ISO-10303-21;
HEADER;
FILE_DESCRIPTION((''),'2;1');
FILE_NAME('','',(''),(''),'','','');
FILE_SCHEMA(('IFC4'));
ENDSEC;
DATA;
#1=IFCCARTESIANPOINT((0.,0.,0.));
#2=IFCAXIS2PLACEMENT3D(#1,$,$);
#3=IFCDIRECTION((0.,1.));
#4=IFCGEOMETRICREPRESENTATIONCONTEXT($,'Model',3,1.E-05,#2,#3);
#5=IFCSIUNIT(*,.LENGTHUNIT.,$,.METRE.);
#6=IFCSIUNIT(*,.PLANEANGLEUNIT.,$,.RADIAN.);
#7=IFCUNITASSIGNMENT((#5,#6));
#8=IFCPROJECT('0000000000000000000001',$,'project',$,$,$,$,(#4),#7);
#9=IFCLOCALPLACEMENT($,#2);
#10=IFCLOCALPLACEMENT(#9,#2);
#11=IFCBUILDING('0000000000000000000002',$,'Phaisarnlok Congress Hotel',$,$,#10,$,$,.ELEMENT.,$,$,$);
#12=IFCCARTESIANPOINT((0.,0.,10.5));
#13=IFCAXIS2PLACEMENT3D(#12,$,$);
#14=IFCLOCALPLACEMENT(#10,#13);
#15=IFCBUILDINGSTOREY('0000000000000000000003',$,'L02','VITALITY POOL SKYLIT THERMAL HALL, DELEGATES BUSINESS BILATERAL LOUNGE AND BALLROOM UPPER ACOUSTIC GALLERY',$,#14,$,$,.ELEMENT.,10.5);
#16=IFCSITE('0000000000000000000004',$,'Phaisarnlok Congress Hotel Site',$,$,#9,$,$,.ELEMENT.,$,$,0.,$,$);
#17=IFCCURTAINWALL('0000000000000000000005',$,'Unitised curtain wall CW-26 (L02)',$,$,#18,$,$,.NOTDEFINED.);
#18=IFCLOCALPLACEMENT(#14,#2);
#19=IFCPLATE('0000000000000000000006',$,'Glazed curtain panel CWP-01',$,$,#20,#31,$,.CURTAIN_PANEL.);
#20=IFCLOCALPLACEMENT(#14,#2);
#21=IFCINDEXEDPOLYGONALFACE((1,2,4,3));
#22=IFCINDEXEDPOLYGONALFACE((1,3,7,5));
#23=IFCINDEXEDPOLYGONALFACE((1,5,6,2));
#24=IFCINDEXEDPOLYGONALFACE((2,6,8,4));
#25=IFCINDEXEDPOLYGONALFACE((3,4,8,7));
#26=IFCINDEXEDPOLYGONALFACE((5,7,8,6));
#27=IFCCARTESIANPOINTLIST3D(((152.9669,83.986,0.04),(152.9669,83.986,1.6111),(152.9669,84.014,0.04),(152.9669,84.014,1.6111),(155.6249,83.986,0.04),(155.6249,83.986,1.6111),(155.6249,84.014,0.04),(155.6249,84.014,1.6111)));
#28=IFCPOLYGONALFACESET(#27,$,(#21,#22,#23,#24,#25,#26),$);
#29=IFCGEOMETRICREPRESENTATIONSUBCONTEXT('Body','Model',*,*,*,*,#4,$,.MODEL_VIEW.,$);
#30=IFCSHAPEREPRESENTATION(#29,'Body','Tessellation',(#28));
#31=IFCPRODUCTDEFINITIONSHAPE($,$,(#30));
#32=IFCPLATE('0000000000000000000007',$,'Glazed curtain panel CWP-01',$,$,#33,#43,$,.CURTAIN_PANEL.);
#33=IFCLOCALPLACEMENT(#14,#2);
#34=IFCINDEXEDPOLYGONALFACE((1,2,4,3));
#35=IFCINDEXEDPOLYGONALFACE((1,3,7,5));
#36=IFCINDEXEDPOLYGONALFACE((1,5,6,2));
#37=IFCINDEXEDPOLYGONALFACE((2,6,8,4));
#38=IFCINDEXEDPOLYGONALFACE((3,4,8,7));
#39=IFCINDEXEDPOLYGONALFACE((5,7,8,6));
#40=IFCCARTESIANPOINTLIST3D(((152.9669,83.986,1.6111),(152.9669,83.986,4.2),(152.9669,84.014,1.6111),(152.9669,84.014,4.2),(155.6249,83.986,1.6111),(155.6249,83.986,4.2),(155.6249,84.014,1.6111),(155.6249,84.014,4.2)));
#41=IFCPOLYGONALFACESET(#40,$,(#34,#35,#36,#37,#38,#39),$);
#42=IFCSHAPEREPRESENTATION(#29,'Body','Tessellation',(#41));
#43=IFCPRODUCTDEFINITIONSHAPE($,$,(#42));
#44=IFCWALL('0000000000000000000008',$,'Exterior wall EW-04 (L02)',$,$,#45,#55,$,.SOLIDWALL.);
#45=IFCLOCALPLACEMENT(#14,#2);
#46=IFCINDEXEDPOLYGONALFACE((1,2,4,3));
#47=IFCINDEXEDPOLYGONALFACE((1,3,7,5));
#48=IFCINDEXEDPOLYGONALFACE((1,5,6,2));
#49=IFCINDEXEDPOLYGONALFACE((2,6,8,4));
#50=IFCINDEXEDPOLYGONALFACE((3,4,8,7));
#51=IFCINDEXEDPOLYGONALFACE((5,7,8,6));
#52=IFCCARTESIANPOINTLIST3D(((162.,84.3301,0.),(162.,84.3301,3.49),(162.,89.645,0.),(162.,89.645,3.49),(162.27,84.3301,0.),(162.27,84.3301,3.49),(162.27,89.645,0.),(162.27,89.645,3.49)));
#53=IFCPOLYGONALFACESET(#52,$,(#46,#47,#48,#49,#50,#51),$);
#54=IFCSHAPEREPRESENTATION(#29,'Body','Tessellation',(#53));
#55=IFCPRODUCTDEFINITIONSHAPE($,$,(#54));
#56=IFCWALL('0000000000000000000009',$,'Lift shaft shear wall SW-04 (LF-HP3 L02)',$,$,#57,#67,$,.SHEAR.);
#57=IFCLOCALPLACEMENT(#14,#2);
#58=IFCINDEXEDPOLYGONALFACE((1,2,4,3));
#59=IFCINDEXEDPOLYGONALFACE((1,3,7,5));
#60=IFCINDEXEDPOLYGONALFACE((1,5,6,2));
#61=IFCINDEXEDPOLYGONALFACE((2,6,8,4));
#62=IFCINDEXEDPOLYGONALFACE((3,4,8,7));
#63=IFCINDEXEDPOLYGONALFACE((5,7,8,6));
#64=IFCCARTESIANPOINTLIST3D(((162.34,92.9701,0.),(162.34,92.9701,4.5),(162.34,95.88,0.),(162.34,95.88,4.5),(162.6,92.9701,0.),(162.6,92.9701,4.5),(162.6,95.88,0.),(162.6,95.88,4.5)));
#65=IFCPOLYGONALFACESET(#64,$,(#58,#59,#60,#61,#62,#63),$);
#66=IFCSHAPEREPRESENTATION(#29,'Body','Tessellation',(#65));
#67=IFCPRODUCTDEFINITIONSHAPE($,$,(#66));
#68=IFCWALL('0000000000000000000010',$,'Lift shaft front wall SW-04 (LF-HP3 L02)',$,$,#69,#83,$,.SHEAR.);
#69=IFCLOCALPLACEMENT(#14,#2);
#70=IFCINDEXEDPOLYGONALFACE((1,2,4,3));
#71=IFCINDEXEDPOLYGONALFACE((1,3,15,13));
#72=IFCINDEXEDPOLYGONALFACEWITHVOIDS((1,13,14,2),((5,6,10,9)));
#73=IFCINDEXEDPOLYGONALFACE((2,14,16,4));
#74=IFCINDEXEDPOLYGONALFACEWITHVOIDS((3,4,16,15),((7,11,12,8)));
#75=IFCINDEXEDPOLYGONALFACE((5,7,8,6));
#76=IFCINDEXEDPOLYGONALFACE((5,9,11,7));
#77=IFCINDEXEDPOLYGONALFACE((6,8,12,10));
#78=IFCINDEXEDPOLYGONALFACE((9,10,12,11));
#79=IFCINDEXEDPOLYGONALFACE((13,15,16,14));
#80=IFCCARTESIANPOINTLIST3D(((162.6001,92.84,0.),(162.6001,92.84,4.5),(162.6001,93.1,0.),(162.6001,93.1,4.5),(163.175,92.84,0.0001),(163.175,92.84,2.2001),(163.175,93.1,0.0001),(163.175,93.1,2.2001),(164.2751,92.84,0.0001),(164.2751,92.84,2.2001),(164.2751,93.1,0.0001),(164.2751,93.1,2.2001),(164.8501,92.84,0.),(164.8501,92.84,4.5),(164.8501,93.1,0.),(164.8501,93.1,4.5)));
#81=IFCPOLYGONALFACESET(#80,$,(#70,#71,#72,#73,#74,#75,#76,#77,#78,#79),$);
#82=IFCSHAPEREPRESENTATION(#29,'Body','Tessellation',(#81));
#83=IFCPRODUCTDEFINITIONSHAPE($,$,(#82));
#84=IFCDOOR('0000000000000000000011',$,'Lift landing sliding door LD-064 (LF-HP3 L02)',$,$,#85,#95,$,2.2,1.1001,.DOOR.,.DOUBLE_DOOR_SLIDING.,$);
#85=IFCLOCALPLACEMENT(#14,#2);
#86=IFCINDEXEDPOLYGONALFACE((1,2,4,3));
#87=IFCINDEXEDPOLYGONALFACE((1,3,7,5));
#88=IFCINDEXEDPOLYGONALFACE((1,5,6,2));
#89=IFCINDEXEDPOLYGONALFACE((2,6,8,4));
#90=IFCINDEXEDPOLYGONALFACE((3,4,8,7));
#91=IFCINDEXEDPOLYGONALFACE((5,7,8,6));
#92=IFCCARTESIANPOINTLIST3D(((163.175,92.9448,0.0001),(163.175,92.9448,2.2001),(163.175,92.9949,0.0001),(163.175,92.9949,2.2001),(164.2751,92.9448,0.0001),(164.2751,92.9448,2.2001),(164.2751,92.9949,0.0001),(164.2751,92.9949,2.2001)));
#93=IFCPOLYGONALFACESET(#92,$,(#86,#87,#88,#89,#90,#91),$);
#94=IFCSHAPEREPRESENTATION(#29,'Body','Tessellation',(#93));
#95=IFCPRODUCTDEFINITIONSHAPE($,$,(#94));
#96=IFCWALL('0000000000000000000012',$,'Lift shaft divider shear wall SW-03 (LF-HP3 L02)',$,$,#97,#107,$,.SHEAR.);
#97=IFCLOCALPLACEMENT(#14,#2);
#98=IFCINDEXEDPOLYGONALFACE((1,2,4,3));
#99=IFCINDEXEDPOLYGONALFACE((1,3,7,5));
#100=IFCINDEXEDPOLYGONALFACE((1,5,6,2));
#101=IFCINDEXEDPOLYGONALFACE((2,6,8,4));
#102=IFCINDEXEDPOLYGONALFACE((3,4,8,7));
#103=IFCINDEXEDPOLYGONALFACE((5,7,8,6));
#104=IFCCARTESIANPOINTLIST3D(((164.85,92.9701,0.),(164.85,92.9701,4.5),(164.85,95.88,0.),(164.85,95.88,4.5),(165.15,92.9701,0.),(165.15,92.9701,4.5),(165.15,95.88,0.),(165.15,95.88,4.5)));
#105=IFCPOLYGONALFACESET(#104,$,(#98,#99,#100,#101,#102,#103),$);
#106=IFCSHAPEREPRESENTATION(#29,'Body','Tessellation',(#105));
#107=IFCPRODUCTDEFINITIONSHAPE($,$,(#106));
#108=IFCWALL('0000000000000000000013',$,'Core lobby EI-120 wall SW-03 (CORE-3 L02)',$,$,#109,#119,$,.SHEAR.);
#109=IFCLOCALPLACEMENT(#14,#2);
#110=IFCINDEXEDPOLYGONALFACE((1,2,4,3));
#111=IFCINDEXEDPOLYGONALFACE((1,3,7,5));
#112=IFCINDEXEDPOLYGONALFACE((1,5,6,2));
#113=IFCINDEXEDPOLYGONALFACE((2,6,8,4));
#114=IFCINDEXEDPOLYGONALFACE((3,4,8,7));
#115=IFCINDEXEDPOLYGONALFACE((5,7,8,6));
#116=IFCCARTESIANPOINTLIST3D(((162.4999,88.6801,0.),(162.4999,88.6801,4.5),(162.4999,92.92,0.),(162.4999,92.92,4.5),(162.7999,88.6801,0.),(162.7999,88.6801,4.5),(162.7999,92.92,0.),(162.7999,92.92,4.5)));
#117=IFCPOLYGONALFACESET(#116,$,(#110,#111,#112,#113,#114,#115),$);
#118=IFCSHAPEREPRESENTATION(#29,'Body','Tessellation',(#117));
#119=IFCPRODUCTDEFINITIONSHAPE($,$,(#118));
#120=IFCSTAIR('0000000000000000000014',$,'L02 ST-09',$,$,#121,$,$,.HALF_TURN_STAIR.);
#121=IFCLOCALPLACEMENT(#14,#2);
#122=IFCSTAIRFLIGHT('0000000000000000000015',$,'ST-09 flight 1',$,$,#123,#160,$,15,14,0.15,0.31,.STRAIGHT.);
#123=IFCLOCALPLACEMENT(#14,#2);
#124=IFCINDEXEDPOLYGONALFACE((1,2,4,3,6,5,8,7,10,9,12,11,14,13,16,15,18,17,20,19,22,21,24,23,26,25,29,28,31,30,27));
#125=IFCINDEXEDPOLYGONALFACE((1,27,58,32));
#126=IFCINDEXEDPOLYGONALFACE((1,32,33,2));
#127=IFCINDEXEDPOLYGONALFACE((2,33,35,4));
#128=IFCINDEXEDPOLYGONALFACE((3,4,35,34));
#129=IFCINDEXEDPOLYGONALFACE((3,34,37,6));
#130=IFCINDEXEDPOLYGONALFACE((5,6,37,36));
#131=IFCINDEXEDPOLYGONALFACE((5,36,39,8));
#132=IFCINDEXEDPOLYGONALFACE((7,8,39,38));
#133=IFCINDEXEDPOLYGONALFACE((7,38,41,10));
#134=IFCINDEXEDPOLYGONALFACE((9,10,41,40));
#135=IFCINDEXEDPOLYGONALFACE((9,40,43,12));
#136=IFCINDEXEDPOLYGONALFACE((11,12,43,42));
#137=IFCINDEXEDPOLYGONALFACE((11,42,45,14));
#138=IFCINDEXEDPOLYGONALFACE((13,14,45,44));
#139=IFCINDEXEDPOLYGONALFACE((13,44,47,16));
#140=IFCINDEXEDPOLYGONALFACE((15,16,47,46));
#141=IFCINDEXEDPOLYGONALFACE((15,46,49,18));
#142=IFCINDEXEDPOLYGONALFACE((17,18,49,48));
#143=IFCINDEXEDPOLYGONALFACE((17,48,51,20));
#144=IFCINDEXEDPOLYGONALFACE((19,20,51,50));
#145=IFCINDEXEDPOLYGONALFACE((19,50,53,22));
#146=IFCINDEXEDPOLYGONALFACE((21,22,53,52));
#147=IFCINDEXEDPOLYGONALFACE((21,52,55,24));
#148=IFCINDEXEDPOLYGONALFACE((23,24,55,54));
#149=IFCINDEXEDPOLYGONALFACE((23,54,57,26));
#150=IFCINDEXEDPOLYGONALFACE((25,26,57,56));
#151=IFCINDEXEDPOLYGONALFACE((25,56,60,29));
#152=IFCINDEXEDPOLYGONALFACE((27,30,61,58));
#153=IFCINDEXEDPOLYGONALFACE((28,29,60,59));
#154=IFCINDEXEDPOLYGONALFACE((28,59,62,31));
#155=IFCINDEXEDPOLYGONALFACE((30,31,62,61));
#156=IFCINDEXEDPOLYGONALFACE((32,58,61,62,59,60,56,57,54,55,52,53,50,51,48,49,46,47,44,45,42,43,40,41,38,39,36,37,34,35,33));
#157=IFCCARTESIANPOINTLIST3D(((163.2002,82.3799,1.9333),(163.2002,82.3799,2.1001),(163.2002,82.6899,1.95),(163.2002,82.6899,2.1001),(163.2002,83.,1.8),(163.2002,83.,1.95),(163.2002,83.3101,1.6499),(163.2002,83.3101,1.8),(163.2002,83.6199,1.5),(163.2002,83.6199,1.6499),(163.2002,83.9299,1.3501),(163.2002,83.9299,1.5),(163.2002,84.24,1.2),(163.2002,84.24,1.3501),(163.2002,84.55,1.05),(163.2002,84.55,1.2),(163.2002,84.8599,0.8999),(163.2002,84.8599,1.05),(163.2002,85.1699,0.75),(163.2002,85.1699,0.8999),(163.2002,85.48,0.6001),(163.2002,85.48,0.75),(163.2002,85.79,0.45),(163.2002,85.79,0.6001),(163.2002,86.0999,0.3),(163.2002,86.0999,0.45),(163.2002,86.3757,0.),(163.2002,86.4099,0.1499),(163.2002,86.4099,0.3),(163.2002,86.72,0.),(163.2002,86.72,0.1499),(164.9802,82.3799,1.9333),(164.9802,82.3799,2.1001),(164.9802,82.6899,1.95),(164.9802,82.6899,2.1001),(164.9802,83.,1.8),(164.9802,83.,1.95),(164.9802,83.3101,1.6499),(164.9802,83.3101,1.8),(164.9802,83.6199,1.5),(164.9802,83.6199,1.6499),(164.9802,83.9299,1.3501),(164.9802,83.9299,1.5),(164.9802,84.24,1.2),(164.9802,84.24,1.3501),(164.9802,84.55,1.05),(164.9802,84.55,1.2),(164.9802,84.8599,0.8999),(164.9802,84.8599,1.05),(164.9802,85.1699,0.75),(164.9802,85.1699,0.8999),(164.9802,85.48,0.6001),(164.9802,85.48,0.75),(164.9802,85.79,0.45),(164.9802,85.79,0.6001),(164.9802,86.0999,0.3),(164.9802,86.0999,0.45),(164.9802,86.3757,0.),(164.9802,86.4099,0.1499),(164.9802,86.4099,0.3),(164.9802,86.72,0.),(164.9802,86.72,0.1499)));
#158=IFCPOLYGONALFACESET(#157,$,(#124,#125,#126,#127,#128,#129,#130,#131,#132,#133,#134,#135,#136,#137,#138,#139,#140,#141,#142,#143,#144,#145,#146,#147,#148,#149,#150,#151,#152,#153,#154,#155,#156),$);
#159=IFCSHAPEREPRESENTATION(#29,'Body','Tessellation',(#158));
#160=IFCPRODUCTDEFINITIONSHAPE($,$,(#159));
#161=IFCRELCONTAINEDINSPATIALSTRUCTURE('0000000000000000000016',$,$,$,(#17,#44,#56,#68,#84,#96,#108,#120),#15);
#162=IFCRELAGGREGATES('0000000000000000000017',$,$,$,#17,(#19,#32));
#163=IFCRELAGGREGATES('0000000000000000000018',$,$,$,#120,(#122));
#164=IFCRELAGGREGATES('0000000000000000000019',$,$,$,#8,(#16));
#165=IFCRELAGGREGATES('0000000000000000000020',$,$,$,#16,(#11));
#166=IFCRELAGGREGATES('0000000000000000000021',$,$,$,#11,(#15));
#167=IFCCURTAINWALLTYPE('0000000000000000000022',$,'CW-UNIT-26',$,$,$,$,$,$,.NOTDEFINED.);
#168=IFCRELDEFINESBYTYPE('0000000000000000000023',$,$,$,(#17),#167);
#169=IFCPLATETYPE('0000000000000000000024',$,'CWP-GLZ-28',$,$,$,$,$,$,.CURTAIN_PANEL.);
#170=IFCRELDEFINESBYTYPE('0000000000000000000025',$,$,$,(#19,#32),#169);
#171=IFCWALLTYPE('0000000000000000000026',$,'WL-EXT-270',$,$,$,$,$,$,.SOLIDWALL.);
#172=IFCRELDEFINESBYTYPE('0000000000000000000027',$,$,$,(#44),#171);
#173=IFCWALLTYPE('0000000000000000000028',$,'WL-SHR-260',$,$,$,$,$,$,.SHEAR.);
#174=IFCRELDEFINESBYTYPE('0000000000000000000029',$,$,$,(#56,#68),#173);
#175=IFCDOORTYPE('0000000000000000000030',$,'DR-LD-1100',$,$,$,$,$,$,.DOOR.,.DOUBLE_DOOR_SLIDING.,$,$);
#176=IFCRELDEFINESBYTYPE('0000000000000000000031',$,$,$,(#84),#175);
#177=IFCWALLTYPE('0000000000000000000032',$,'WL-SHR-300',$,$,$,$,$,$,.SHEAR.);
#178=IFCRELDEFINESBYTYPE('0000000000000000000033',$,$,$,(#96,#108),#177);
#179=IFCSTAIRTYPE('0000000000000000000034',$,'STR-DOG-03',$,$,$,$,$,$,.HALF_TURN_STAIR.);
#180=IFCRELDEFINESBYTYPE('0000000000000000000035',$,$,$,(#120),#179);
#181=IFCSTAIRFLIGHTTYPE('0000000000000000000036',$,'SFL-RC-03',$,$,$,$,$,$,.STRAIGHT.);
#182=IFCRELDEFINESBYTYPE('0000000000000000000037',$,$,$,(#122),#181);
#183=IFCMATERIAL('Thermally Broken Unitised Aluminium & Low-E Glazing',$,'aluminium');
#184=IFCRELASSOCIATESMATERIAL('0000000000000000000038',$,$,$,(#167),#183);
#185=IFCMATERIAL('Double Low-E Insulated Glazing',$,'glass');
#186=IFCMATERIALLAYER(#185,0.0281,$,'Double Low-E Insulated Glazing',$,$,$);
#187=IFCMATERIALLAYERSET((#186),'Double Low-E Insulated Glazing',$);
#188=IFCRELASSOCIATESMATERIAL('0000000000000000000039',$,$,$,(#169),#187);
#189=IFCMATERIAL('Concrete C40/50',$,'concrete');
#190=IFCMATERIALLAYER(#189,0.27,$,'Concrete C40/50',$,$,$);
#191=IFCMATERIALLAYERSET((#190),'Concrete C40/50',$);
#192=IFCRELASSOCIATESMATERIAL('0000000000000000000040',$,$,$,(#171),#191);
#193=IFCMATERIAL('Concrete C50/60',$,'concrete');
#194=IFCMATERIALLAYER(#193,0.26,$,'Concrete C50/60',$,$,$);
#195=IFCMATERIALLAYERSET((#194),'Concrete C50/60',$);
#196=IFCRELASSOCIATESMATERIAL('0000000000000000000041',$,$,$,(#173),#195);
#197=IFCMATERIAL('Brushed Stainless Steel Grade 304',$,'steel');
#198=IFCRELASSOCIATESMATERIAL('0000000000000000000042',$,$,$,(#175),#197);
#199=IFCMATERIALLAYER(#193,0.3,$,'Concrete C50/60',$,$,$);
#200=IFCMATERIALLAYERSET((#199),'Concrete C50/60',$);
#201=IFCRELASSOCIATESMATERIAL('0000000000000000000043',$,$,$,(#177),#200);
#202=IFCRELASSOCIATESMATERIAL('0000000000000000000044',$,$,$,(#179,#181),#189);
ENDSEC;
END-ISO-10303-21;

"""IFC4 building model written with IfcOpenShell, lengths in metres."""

from ifc_helpers import new_model, si_unit, direction, frame, frame_2d, origin, place, context, subcontext, project, spatial, polyline, rectangle, outline, extrude, material, layer, layer_set, type_object, element, fill, aggregate, save


model = new_model("IFC4")

# Units and contexts
model_context = context("Model", 3, precision=1e-05, world=origin(), true_north=direction((0.0, 1.0)))
body_context = subcontext(model_context, "Body", "Model", "MODEL_VIEW")
ifc_project = project(units=[si_unit("LENGTHUNIT", "METRE"), si_unit("PLANEANGLEUNIT", "RADIAN")], contexts=[model_context])

# Site, building, storey
site_placement = place(None, origin())
site = spatial("IfcSite", under=ifc_project, at=site_placement, Name="Phaisarnlok Congress Hotel Site", CompositionType="ELEMENT", RefElevation=0.0)
building_placement = place(site_placement, origin())
building = spatial("IfcBuilding", under=site, at=building_placement, Name="Phaisarnlok Congress Hotel", CompositionType="ELEMENT")
storey_placement = place(building_placement, frame((0.0, 0.0, 10.5)))
storey = spatial("IfcBuildingStorey", under=building, at=storey_placement, Name="L02", Description="VITALITY POOL SKYLIT THERMAL HALL, DELEGATES BUSINESS BILATERAL LOUNGE AND BALLROOM UPPER ACOUSTIC GALLERY", CompositionType="ELEMENT", Elevation=10.5)

# Shared definitions
ifc_material_1 = material(Name="Concrete C50/60", Category="concrete")

# Shared definitions
ifc_material_2 = material(Name="Concrete C40/50", Category="concrete")

# Curtain wall
ifc_material_3 = material(Name="Thermally Broken Unitised Aluminium & Low-E Glazing", Category="aluminium")
curtain_wall_type = type_object("IfcCurtainWallType", Name="CW-UNIT-26", PredefinedType="NOTDEFINED", material=ifc_material_3)
curtain_wall_placement = place(storey_placement, origin())
curtain_wall = element("IfcCurtainWall", 1, at=curtain_wall_placement, inside=storey, type_object=curtain_wall_type, Name="Unitised curtain wall CW-26 (L02)", PredefinedType="NOTDEFINED")

# Plates
ifc_material_4 = material(Name="Double Low-E Insulated Glazing", Category="glass")
ifc_layer_1 = layer(ifc_material_4, 0.0281, Name="Double Low-E Insulated Glazing")
ifc_layer_set_1 = layer_set([ifc_layer_1], Name="Double Low-E Insulated Glazing")
plate_type = type_object("IfcPlateType", Name="CWP-GLZ-28", PredefinedType="CURTAIN_PANEL", material=ifc_layer_set_1)
plate_1_placement = place(storey_placement, frame((155.625, 84.0, 0.04), z_axis=(0.0, 0.0, 1.0), x_axis=(-1.0, 0.0, 0.0)))
plate_1 = element("IfcPlate", 2, at=plate_1_placement, type_object=plate_type, Name="Glazed curtain panel CWP-01", PredefinedType="CURTAIN_PANEL", context=body_context, shape_type="SweptSolid", body=[
    extrude(rectangle(XDim=2.658, YDim=0.0281, at=frame_2d((1.3291, 0.0))), origin(), (0.0, 0.0, 1.0), 1.571),
])
plate_2_placement = place(storey_placement, frame((155.625, 84.0, 1.6111), z_axis=(0.0, 0.0, 1.0), x_axis=(-1.0, 0.0, 0.0)))
plate_2 = element("IfcPlate", 3, at=plate_2_placement, type_object=plate_type, Name="Glazed curtain panel CWP-01", PredefinedType="CURTAIN_PANEL", context=body_context, shape_type="SweptSolid", body=[
    extrude(rectangle(XDim=2.658, YDim=0.0281, at=frame_2d((1.3291, 0.0))), origin(), (0.0, 0.0, 1.0), 2.5889),
])
aggregate(curtain_wall, [plate_1, plate_2])

# Wall
ifc_layer_2 = layer(ifc_material_2, 0.27, Name="Concrete C40/50")
ifc_layer_set_2 = layer_set([ifc_layer_2], Name="Concrete C40/50")
wall_type_1 = type_object("IfcWallType", Name="WL-EXT-270", PredefinedType="SOLIDWALL", material=ifc_layer_set_2)
wall_1_placement = place(storey_placement, frame((162.135, 89.645, 0.0), z_axis=(0.0, 0.0, 1.0), x_axis=(0.0, -1.0, 0.0)))
element("IfcWall", 4, at=wall_1_placement, inside=storey, type_object=wall_type_1, Name="Exterior wall EW-04 (L02)", PredefinedType="SOLIDWALL", context=body_context, shape_type="SweptSolid", body=[
    extrude(rectangle(XDim=5.3149, YDim=0.27, at=frame_2d((2.6575, 0.0))), origin(), (0.0, 0.0, 1.0), 3.49),
])

# Shared definitions
ifc_layer_3 = layer(ifc_material_1, 0.26, Name="Concrete C50/60")
ifc_layer_set_3 = layer_set([ifc_layer_3], Name="Concrete C50/60")
wall_type_2 = type_object("IfcWallType", Name="WL-SHR-260", PredefinedType="SHEAR", material=ifc_layer_set_3)

# Wall
wall_2_placement = place(storey_placement, frame((162.47, 92.97, 0.0), z_axis=(0.0, 0.0, 1.0), x_axis=(0.0, 1.0, 0.0)))
element("IfcWall", 5, at=wall_2_placement, inside=storey, type_object=wall_type_2, Name="Lift shaft shear wall SW-04 (LF-HP3 L02)", PredefinedType="SHEAR", context=body_context, shape_type="SweptSolid", body=[
    extrude(rectangle(XDim=2.9099, YDim=0.26, at=frame_2d((1.4551, 0.0))), origin(), (0.0, 0.0, 1.0), 4.5),
])

# Wall, opening, door
wall_3_placement = place(storey_placement, frame((162.6001, 92.97, 0.0), z_axis=(0.0, 0.0, 1.0), x_axis=(1.0, 0.0, 0.0)))
wall_3 = element("IfcWall", 6, at=wall_3_placement, inside=storey, type_object=wall_type_2, Name="Lift shaft front wall SW-04 (LF-HP3 L02)", PredefinedType="SHEAR", context=body_context, shape_type="SweptSolid", body=[
    extrude(rectangle(XDim=2.25, YDim=0.26, at=frame_2d((1.125, 0.0))), origin(), (0.0, 0.0, 1.0), 4.5),
])
opening_1_placement = place(wall_3_placement, frame((0.575, 0.0, 0.0)))
opening_1 = element("IfcOpeningElement", 7, at=opening_1_placement, cuts=wall_3, PredefinedType="OPENING", context=body_context, shape_type="SweptSolid", body=[
    extrude(rectangle(XDim=1.1001, YDim=2.2, at=frame_2d((0.55, 1.1001))), frame((0.0, 0.1401, 0.0), z_axis=(0.0, -1.0, 0.0), x_axis=(1.0, 0.0, 0.0)), (0.0, 0.0, 1.0), 0.28),
])
ifc_material_5 = material(Name="Brushed Stainless Steel Grade 304", Category="steel")
door_type_1 = type_object("IfcDoorType", Name="DR-LD-1100", OperationType="DOUBLE_DOOR_SLIDING", PredefinedType="DOOR", material=ifc_material_5)
door_1_placement = place(opening_1_placement, origin())
door_1 = element("IfcDoor", 8, at=door_1_placement, inside=storey, type_object=door_type_1, Name="Lift landing sliding door LD-064 (LF-HP3 L02)", OperationType="DOUBLE_DOOR_SLIDING", OverallHeight=2.2, OverallWidth=1.1001, PredefinedType="DOOR", context=body_context, shape_type="SweptSolid", body=[
    extrude(rectangle(XDim=1.1001, YDim=2.2, at=frame_2d((0.55, 1.1001))), frame((0.0, 0.0249, 0.0), z_axis=(0.0, -1.0, 0.0), x_axis=(1.0, 0.0, 0.0)), (0.0, 0.0, 1.0), 0.05),
])
fill(opening_1, door_1)

# Walls
ifc_layer_4 = layer(ifc_material_1, 0.3, Name="Concrete C50/60")
ifc_layer_set_4 = layer_set([ifc_layer_4], Name="Concrete C50/60")
wall_type_3 = type_object("IfcWallType", Name="WL-SHR-300", PredefinedType="SHEAR", material=ifc_layer_set_4)
wall_4_placement = place(storey_placement, frame((165.0, 92.97, 0.0), z_axis=(0.0, 0.0, 1.0), x_axis=(0.0, 1.0, 0.0)))
element("IfcWall", 9, at=wall_4_placement, inside=storey, type_object=wall_type_3, Name="Lift shaft divider shear wall SW-03 (LF-HP3 L02)", PredefinedType="SHEAR", context=body_context, shape_type="SweptSolid", body=[
    extrude(rectangle(XDim=2.9099, YDim=0.3, at=frame_2d((1.4551, 0.0))), origin(), (0.0, 0.0, 1.0), 4.5),
])
wall_5_placement = place(storey_placement, frame((162.6499, 88.6799, 0.0), z_axis=(0.0, 0.0, 1.0), x_axis=(0.0, 1.0, 0.0)))
element("IfcWall", 10, at=wall_5_placement, inside=storey, type_object=wall_type_3, Name="Core lobby EI-120 wall SW-03 (CORE-3 L02)", PredefinedType="SHEAR", context=body_context, shape_type="SweptSolid", body=[
    extrude(rectangle(XDim=4.24, YDim=0.3, at=frame_2d((2.1201, 0.0))), origin(), (0.0, 0.0, 1.0), 4.5),
])

# Stair, stair flight
stair_type = type_object("IfcStairType", Name="STR-DOG-03", PredefinedType="HALF_TURN_STAIR", material=ifc_material_2)
stair_placement = place(storey_placement, origin())
stair = element("IfcStair", 11, at=stair_placement, inside=storey, type_object=stair_type, Name="L02 ST-09", PredefinedType="HALF_TURN_STAIR")
stair_flight_type = type_object("IfcStairFlightType", Name="SFL-RC-03", PredefinedType="STRAIGHT", material=ifc_material_2)
stair_flight_placement = place(storey_placement, frame((164.0901, 86.72, 0.0), z_axis=(0.0, 0.0, 1.0), x_axis=(0.0, -1.0, 0.0)))
stair_flight = element("IfcStairFlight", 12, at=stair_flight_placement, type_object=stair_flight_type, Name="ST-09 flight 1", NumberOfRisers=15, NumberOfTreads=14, PredefinedType="STRAIGHT", RiserHeight=0.15, TreadLength=0.31, context=body_context, shape_type="SweptSolid", body=[
    extrude(outline(polyline([(0.0, 0.0), (0.0, 0.1499), (0.3101, 0.1499), (0.3101, 0.3), (0.6201, 0.3), (0.6201, 0.45), (0.9299, 0.45), (0.9299, 0.6001), (1.24, 0.6001), (1.24, 0.75), (1.55, 0.75), (1.55, 0.8999), (1.8601, 0.8999), (1.8601, 1.05), (2.1699, 1.05), (2.1699, 1.2), (2.48, 1.2), (2.48, 1.3501), (2.79, 1.3501), (2.79, 1.5), (3.1001, 1.5), (3.1001, 1.6499), (3.4099, 1.6499), (3.4099, 1.8), (3.72, 1.8), (3.72, 1.95), (4.03, 1.95), (4.03, 2.1001), (4.3401, 2.1001), (4.3401, 2.25), (4.3401, 1.9333), (0.3442, 0.0), (0.0, 0.0)])), frame((0.0, 0.8901, 0.0), z_axis=(0.0, -1.0, 0.0), x_axis=(1.0, 0.0, 0.0)), (0.0, 0.0, 1.0), 1.78),
])
aggregate(stair, [stair_flight])

save(model, "model.ifc")
